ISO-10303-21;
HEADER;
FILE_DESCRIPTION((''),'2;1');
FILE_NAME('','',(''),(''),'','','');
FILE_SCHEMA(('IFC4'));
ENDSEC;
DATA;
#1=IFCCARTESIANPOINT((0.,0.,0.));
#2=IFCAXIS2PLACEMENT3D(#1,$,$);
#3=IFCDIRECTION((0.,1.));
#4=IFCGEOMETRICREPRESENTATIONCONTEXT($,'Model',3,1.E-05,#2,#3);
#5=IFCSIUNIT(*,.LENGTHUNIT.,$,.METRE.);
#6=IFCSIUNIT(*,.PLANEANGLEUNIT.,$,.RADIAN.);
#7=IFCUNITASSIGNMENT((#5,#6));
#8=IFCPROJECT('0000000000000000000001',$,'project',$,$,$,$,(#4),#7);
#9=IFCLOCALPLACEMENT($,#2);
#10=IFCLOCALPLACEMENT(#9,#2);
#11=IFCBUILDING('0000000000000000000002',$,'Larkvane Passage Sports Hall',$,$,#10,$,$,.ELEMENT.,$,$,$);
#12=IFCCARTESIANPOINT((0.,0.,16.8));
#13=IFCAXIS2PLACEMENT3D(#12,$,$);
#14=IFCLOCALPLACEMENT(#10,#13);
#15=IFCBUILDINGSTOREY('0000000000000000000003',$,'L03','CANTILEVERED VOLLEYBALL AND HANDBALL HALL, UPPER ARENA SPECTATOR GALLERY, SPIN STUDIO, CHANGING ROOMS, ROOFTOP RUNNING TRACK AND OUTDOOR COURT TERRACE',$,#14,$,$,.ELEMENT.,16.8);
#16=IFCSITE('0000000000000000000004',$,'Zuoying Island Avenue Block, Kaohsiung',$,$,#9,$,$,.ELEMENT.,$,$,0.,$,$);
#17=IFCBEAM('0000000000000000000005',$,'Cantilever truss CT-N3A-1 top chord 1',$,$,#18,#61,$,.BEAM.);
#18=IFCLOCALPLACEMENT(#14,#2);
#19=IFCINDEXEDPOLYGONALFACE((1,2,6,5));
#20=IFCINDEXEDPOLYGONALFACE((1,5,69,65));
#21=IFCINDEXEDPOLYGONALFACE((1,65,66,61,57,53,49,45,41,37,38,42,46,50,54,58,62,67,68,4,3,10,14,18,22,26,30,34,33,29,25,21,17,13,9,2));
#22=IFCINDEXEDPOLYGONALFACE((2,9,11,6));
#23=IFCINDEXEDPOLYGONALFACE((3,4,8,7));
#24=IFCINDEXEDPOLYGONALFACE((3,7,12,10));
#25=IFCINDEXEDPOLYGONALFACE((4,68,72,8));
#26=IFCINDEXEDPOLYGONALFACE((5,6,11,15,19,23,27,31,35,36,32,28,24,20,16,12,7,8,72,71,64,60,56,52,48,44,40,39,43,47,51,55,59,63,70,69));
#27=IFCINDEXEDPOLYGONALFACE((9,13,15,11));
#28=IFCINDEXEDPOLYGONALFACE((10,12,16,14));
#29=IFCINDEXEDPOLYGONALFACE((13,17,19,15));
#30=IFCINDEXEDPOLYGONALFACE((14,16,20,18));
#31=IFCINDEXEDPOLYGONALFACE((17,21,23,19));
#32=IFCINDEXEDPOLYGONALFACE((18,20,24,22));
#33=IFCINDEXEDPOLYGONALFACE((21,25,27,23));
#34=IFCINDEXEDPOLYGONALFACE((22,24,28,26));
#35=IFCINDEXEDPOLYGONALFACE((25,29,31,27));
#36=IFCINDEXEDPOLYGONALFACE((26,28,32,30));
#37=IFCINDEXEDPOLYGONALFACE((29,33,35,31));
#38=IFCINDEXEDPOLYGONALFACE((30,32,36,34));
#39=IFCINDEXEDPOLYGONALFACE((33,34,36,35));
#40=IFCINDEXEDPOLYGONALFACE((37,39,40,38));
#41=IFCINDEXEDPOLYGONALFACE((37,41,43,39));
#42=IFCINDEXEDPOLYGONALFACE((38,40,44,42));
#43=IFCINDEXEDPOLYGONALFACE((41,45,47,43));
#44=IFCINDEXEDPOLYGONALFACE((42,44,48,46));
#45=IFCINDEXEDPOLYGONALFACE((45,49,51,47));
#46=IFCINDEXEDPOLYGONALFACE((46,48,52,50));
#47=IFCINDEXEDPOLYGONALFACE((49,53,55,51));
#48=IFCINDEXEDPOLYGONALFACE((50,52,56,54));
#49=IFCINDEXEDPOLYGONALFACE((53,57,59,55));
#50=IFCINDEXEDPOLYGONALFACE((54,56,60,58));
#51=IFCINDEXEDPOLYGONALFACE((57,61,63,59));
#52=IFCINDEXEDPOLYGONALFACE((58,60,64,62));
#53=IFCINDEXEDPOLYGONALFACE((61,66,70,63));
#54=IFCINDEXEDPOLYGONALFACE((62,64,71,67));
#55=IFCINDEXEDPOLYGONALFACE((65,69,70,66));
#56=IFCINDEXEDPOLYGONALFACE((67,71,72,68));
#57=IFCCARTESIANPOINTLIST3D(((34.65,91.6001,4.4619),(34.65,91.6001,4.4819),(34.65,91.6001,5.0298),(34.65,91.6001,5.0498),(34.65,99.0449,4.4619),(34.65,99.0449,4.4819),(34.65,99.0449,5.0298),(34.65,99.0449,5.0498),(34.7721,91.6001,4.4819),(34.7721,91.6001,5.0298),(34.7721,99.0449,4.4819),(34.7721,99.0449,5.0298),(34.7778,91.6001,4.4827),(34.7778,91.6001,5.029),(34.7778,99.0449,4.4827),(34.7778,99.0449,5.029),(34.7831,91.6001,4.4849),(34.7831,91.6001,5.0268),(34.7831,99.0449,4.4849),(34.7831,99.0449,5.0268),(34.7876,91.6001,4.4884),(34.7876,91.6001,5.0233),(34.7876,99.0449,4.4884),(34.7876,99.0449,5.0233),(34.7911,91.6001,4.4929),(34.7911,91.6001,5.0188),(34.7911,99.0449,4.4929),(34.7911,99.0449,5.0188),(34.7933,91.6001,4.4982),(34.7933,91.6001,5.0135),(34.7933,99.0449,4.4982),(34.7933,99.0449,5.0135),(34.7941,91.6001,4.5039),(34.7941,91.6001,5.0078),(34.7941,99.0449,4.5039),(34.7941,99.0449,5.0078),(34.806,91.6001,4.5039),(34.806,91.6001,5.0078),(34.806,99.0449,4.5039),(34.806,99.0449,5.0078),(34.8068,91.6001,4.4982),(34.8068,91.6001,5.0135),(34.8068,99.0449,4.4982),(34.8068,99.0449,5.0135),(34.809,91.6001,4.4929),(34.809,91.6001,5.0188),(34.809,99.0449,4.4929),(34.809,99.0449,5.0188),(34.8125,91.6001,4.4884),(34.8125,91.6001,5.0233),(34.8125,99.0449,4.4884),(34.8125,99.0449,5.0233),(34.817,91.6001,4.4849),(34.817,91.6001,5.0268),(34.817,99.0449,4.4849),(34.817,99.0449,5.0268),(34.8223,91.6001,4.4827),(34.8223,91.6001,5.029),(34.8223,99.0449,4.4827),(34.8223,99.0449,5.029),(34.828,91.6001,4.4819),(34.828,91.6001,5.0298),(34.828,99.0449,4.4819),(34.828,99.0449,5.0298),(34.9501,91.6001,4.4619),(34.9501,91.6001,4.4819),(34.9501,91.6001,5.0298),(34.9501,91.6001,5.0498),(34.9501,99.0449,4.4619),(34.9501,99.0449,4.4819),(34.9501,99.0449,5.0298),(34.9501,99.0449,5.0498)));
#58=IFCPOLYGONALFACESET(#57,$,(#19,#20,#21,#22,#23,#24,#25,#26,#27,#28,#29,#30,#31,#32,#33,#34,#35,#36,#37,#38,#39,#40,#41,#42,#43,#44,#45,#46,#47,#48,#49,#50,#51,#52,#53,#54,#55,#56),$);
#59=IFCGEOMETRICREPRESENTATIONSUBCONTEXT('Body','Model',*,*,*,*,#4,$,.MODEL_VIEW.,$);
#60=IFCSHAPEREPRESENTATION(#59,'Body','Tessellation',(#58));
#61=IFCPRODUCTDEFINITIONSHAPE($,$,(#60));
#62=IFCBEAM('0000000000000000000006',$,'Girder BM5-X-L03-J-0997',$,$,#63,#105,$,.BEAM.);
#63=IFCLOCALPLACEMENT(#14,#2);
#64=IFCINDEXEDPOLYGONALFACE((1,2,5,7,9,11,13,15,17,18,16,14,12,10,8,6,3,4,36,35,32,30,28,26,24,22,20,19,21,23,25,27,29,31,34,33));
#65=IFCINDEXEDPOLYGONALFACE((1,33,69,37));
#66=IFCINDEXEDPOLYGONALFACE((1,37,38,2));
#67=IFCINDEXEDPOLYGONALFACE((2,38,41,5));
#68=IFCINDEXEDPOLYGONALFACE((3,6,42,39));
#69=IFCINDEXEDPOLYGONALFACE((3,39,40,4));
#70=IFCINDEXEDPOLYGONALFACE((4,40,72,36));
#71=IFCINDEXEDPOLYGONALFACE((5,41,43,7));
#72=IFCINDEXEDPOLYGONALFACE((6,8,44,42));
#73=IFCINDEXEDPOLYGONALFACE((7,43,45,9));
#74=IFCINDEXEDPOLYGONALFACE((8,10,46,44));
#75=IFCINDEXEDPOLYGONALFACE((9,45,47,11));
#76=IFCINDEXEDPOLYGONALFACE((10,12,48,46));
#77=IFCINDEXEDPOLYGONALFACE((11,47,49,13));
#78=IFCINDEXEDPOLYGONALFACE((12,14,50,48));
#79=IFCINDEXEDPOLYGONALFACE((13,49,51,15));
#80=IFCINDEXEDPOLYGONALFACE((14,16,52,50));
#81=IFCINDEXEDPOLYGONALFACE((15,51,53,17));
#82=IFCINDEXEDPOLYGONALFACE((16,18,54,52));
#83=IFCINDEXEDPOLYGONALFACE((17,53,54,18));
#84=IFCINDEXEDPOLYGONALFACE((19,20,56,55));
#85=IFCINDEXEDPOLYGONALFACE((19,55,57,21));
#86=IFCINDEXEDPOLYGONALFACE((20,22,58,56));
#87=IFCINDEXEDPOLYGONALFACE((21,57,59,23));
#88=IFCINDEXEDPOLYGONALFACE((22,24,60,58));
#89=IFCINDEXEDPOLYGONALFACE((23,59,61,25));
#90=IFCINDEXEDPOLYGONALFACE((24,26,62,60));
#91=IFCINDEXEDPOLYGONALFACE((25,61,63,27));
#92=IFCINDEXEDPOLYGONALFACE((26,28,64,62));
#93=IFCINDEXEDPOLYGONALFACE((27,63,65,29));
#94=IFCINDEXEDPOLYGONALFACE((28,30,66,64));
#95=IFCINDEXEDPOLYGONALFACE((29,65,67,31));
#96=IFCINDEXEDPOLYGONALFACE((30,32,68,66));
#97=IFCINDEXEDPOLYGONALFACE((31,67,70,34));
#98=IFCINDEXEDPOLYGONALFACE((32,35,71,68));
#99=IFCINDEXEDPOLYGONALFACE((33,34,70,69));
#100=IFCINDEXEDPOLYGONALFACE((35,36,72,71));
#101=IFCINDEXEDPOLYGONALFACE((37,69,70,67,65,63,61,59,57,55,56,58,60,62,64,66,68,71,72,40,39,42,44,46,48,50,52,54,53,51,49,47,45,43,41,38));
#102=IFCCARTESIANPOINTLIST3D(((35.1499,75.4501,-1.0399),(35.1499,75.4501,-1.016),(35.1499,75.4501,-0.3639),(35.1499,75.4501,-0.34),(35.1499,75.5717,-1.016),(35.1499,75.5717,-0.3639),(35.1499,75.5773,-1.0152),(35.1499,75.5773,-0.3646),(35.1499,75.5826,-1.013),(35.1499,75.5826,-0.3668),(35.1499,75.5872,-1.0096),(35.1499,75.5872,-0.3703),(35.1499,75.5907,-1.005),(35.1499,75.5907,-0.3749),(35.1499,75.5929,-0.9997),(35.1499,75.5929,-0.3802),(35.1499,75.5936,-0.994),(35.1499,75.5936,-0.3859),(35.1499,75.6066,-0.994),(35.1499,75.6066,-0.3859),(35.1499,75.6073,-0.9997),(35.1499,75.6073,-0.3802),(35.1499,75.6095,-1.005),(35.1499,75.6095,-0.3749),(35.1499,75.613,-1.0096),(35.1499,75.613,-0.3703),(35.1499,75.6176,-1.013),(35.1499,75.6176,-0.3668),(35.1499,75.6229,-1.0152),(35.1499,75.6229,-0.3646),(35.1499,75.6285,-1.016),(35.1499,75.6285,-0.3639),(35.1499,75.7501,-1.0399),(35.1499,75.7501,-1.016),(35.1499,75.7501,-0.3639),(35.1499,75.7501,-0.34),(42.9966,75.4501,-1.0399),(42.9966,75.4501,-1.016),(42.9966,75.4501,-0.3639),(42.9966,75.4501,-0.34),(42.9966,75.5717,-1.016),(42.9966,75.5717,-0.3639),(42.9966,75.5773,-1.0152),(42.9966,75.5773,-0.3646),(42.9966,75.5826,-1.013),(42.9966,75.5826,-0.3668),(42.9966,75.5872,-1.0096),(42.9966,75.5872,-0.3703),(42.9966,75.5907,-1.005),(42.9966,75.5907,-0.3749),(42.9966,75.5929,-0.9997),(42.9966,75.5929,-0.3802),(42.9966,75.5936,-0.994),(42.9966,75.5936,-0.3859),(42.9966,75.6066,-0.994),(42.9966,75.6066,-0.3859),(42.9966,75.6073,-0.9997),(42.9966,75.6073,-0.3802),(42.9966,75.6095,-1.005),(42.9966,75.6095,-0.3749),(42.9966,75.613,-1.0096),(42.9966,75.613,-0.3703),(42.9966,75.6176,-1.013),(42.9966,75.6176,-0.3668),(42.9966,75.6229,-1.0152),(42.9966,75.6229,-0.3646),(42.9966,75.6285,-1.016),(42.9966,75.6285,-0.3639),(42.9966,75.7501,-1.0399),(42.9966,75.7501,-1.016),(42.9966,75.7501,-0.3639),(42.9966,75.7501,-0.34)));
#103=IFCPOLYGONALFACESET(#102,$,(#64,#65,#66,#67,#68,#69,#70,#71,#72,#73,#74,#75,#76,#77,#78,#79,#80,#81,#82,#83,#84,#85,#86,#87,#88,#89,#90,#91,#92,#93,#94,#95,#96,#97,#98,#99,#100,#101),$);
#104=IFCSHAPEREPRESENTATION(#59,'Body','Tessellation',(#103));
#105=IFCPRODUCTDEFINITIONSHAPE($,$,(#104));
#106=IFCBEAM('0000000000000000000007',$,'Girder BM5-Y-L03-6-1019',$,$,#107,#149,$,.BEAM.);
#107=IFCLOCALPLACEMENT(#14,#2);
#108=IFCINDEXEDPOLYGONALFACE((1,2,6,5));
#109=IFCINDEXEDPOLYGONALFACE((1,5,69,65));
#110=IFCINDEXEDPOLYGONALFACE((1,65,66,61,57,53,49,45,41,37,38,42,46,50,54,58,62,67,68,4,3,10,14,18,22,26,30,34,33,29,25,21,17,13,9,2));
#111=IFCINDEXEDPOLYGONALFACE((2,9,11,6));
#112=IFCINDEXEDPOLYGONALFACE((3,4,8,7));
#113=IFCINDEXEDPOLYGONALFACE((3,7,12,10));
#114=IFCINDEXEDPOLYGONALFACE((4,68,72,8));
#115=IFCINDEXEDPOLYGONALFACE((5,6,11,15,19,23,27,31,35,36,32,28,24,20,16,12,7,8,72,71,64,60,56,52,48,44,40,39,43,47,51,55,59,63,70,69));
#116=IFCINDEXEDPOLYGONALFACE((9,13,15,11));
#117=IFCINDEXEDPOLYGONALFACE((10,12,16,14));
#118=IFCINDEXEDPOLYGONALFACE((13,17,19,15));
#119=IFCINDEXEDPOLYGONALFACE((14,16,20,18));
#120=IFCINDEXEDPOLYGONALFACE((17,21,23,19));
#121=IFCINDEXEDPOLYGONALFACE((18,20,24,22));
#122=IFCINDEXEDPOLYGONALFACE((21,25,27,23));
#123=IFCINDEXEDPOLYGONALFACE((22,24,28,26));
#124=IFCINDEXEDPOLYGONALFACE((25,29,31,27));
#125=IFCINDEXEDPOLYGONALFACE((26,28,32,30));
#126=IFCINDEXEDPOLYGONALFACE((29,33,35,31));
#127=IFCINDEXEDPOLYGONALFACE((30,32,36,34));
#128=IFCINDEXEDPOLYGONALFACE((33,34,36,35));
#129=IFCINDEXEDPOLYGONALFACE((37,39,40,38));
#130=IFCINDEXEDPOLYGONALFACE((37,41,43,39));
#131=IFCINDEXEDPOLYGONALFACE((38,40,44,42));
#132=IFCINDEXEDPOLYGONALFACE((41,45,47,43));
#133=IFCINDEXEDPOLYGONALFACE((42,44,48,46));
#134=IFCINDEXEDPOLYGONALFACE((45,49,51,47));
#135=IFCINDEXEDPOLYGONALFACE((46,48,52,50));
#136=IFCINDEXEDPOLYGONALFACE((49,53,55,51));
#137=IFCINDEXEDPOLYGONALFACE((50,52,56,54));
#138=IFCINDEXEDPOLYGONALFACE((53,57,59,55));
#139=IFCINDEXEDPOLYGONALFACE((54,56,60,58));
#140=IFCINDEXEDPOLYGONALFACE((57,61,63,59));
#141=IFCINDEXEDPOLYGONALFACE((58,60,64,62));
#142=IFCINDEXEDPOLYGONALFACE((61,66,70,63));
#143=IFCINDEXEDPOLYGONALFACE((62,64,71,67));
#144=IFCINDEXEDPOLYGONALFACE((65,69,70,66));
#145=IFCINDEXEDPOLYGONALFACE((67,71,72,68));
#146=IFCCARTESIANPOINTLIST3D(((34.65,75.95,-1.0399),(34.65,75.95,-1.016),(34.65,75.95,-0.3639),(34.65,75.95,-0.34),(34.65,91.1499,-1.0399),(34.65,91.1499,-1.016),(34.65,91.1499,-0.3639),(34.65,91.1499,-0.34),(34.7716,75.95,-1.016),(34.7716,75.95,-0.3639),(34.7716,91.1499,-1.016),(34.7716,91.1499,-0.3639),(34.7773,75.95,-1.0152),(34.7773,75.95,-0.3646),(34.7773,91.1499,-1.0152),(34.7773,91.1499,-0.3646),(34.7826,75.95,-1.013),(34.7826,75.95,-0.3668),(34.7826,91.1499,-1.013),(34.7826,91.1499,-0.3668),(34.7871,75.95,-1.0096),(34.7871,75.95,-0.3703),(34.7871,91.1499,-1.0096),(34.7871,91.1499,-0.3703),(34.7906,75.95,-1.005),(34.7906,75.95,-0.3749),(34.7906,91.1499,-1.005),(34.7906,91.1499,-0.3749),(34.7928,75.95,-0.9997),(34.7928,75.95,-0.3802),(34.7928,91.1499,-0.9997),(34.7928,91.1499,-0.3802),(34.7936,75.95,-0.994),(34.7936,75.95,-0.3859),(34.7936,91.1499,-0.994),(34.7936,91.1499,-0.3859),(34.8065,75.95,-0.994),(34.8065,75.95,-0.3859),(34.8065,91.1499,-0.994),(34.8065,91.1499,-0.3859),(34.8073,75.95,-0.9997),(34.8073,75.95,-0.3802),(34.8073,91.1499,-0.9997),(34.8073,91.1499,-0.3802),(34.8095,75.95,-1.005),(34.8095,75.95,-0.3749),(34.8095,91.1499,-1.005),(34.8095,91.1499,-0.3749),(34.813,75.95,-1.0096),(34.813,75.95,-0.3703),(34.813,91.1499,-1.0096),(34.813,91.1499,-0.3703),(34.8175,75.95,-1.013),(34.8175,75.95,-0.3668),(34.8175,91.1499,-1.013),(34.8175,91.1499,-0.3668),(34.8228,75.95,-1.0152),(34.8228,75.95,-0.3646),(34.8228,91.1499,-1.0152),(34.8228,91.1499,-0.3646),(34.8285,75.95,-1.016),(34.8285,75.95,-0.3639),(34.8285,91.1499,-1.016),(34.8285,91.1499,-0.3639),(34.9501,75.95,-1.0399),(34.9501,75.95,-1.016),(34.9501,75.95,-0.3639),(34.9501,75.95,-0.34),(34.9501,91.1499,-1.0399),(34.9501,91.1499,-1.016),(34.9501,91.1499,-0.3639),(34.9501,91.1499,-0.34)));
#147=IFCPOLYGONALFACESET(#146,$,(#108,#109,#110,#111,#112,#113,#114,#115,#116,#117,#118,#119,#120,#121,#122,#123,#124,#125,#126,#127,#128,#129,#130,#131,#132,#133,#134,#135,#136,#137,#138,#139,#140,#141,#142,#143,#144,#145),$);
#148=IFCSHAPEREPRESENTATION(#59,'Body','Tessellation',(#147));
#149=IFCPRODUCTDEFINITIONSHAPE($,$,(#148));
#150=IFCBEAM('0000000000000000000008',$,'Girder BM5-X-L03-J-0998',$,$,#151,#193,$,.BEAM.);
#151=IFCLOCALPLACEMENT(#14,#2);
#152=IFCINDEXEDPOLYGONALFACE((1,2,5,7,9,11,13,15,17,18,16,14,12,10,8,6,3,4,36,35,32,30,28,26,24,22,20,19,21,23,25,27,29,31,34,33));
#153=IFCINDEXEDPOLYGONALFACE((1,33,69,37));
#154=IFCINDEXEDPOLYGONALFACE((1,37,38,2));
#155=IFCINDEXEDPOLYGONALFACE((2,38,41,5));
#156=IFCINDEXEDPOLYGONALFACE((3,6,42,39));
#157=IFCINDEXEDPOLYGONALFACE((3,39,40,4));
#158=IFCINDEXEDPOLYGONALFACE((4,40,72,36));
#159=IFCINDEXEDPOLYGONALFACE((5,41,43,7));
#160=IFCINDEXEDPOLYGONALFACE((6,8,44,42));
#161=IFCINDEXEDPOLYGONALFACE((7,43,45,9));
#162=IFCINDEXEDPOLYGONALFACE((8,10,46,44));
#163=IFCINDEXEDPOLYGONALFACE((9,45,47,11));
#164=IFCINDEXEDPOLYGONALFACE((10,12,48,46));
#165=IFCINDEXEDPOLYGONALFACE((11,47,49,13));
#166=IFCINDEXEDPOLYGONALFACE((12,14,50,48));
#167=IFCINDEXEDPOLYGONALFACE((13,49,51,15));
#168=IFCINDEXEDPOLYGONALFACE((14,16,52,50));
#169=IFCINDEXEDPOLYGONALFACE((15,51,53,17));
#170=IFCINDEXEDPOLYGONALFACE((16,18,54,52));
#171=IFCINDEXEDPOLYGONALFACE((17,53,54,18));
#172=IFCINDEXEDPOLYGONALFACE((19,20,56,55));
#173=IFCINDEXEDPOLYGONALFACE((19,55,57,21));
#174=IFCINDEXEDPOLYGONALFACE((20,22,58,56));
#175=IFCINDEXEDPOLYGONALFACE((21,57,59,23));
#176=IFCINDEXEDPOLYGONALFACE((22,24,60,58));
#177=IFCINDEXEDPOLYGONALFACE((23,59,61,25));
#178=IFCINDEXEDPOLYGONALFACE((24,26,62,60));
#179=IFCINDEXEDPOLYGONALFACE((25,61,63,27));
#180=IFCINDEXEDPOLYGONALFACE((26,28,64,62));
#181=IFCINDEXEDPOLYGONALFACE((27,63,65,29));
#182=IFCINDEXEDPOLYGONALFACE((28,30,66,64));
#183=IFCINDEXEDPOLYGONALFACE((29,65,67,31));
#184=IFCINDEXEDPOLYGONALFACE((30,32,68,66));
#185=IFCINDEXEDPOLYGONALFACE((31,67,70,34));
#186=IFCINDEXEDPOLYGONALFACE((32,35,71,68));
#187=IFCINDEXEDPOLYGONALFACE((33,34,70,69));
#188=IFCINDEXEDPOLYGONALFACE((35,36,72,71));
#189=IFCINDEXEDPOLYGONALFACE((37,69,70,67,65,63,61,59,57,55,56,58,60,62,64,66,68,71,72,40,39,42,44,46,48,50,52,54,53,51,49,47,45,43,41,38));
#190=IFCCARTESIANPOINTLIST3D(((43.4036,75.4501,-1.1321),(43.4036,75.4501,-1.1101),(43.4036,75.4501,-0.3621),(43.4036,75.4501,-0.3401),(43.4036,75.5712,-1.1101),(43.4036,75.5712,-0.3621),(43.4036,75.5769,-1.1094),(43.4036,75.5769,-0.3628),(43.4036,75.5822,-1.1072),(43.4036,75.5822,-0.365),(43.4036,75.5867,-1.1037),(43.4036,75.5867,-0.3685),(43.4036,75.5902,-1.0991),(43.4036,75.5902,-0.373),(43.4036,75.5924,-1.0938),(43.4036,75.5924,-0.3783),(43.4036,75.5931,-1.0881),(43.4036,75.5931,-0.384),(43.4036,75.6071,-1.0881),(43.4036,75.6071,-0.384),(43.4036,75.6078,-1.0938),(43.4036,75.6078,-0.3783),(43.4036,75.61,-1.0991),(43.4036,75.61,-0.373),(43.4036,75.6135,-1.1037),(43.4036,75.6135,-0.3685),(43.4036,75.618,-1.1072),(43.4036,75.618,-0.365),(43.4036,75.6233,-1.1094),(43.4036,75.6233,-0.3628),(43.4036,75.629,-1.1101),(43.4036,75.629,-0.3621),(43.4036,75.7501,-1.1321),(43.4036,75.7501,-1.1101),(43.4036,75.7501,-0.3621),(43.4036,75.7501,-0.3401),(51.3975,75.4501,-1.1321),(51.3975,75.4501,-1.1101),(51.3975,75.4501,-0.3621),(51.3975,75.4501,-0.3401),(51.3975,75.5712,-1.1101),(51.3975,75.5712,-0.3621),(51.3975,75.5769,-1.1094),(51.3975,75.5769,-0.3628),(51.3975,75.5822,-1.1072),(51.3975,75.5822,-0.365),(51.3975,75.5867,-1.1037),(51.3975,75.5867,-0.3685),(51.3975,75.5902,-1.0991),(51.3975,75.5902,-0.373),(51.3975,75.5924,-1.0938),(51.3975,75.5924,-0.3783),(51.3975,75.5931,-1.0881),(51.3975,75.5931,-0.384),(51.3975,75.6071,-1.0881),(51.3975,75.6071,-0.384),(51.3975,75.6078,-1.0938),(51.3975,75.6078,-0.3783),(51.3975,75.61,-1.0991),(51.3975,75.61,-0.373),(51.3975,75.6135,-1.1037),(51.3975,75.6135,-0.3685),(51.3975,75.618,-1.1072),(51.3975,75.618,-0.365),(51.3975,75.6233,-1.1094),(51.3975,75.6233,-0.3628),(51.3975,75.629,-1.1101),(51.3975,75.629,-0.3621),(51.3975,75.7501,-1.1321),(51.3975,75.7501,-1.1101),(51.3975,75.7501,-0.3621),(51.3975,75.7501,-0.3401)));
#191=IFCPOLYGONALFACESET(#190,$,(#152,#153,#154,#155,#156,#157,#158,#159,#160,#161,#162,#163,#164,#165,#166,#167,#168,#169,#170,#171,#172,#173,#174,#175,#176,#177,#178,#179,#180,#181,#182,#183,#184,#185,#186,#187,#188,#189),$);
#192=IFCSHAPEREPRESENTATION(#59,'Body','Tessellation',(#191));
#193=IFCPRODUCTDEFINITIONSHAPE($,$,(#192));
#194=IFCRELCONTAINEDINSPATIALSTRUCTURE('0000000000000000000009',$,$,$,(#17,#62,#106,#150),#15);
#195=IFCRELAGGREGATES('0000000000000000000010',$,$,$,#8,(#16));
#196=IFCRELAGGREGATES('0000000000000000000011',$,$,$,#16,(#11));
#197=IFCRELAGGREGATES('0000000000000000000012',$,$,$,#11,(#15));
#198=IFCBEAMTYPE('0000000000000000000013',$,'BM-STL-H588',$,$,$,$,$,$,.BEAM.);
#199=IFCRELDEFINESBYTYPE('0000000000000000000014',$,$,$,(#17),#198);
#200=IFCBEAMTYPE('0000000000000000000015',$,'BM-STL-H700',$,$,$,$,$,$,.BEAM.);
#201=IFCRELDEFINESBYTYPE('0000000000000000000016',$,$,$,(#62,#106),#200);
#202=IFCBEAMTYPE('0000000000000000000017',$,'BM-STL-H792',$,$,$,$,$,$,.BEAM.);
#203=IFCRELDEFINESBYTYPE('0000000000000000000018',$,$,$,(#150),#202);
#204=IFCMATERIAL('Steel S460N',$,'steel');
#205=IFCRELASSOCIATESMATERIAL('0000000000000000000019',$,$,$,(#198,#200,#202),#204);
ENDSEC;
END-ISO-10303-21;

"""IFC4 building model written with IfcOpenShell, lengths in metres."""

from ifc_helpers import new_model, si_unit, direction, frame, origin, origin_2d, place, context, subcontext, project, spatial, i_section, extrude, material, material_profile, profile_set, type_object, element, save


model = new_model("IFC4")

# Units and contexts
model_context = context("Model", 3, precision=1e-05, world=origin(), true_north=direction((0.0, 1.0)))
body_context = subcontext(model_context, "Body", "Model", "MODEL_VIEW")
ifc_project = project(units=[si_unit("LENGTHUNIT", "METRE"), si_unit("PLANEANGLEUNIT", "RADIAN")], contexts=[model_context])

# Site, building, storey
site_placement = place(None, origin())
site = spatial("IfcSite", under=ifc_project, at=site_placement, Name="Zuoying Island Avenue Block, Kaohsiung", CompositionType="ELEMENT", RefElevation=0.0)
building_placement = place(site_placement, origin())
building = spatial("IfcBuilding", under=site, at=building_placement, Name="Larkvane Passage Sports Hall", CompositionType="ELEMENT")
storey_placement = place(building_placement, frame((0.0, 0.0, 16.8)))
storey = spatial("IfcBuildingStorey", under=building, at=storey_placement, Name="L03", Description="CANTILEVERED VOLLEYBALL AND HANDBALL HALL, UPPER ARENA SPECTATOR GALLERY, SPIN STUDIO, CHANGING ROOMS, ROOFTOP RUNNING TRACK AND OUTDOOR COURT TERRACE", CompositionType="ELEMENT", Elevation=16.8)

# Shared definitions
ifc_material_1 = material(Name="Steel S460N", Category="steel")

# Beams
ifc_material_profile_1 = material_profile(ifc_material_1, i_section(OverallWidth=0.3, OverallDepth=0.5879, WebThickness=0.012, FlangeThickness=0.02, FilletRadius=0.022, at=origin_2d()), Name="H-588x300x12x20")
ifc_profile_set_1 = profile_set([ifc_material_profile_1], Name="Steel S460N")
beam_type_1 = type_object("IfcBeamType", Name="BM-STL-H588", PredefinedType="BEAM", material=ifc_profile_set_1)
for number, where, z_axis, x_axis, name in (
    (1, (34.8, 91.6001, 4.7559), (0.0, 1.0, 0.0), (-1.0, 0.0, 0.0), "Cantilever truss CT-N3A-1 top chord 1"),
):
    element("IfcBeam", number, at=place(storey_placement, frame(where, z_axis=z_axis, x_axis=x_axis)), inside=storey, type_object=beam_type_1, Name=name, PredefinedType="BEAM", context=body_context, shape_type="SweptSolid", body=[
        extrude(i_section(OverallWidth=0.3, OverallDepth=0.5879, WebThickness=0.012, FlangeThickness=0.02, FilletRadius=0.022, at=origin_2d()), origin(), (0.0, 0.0, 1.0), 7.4448),
    ])
ifc_material_profile_2 = material_profile(ifc_material_1, i_section(OverallWidth=0.3, OverallDepth=0.7, WebThickness=0.0129, FlangeThickness=0.0239, FilletRadius=0.022, at=origin_2d()), Name="H-700x300x13x24")
ifc_profile_set_2 = profile_set([ifc_material_profile_2], Name="Steel S460N")
beam_type_2 = type_object("IfcBeamType", Name="BM-STL-H700", PredefinedType="BEAM", material=ifc_profile_set_2)
beam_1_placement = place(storey_placement, frame((35.1499, 75.6001, -0.6899), z_axis=(1.0, 0.0, 0.0), x_axis=(0.0, 1.0, 0.0)))
element("IfcBeam", 2, at=beam_1_placement, inside=storey, type_object=beam_type_2, Name="Girder BM5-X-L03-J-0997", PredefinedType="BEAM", context=body_context, shape_type="SweptSolid", body=[
    extrude(i_section(OverallWidth=0.3, OverallDepth=0.7, WebThickness=0.0129, FlangeThickness=0.0239, FilletRadius=0.022, at=origin_2d()), origin(), (0.0, 0.0, 1.0), 7.8467),
])
beam_2_placement = place(storey_placement, frame((34.8, 75.95, -0.6899), z_axis=(0.0, 1.0, 0.0), x_axis=(-1.0, 0.0, 0.0)))
element("IfcBeam", 3, at=beam_2_placement, inside=storey, type_object=beam_type_2, Name="Girder BM5-Y-L03-6-1019", PredefinedType="BEAM", context=body_context, shape_type="SweptSolid", body=[
    extrude(i_section(OverallWidth=0.3, OverallDepth=0.7, WebThickness=0.0129, FlangeThickness=0.0239, FilletRadius=0.022, at=origin_2d()), origin(), (0.0, 0.0, 1.0), 15.2),
])
ifc_material_profile_3 = material_profile(ifc_material_1, i_section(OverallWidth=0.3, OverallDepth=0.792, WebThickness=0.0139, FlangeThickness=0.022, FilletRadius=0.022, at=origin_2d()), Name="H-792x300x14x22")
ifc_profile_set_3 = profile_set([ifc_material_profile_3], Name="Steel S460N")
beam_type_3 = type_object("IfcBeamType", Name="BM-STL-H792", PredefinedType="BEAM", material=ifc_profile_set_3)
beam_3_placement = place(storey_placement, frame((43.4036, 75.6001, -0.7361), z_axis=(1.0, 0.0, 0.0), x_axis=(0.0, 1.0, 0.0)))
element("IfcBeam", 4, at=beam_3_placement, inside=storey, type_object=beam_type_3, Name="Girder BM5-X-L03-J-0998", PredefinedType="BEAM", context=body_context, shape_type="SweptSolid", body=[
    extrude(i_section(OverallWidth=0.3, OverallDepth=0.792, WebThickness=0.0139, FlangeThickness=0.022, FilletRadius=0.022, at=origin_2d()), origin(), (0.0, 0.0, 1.0), 7.9939),
])

save(model, "model.ifc")
